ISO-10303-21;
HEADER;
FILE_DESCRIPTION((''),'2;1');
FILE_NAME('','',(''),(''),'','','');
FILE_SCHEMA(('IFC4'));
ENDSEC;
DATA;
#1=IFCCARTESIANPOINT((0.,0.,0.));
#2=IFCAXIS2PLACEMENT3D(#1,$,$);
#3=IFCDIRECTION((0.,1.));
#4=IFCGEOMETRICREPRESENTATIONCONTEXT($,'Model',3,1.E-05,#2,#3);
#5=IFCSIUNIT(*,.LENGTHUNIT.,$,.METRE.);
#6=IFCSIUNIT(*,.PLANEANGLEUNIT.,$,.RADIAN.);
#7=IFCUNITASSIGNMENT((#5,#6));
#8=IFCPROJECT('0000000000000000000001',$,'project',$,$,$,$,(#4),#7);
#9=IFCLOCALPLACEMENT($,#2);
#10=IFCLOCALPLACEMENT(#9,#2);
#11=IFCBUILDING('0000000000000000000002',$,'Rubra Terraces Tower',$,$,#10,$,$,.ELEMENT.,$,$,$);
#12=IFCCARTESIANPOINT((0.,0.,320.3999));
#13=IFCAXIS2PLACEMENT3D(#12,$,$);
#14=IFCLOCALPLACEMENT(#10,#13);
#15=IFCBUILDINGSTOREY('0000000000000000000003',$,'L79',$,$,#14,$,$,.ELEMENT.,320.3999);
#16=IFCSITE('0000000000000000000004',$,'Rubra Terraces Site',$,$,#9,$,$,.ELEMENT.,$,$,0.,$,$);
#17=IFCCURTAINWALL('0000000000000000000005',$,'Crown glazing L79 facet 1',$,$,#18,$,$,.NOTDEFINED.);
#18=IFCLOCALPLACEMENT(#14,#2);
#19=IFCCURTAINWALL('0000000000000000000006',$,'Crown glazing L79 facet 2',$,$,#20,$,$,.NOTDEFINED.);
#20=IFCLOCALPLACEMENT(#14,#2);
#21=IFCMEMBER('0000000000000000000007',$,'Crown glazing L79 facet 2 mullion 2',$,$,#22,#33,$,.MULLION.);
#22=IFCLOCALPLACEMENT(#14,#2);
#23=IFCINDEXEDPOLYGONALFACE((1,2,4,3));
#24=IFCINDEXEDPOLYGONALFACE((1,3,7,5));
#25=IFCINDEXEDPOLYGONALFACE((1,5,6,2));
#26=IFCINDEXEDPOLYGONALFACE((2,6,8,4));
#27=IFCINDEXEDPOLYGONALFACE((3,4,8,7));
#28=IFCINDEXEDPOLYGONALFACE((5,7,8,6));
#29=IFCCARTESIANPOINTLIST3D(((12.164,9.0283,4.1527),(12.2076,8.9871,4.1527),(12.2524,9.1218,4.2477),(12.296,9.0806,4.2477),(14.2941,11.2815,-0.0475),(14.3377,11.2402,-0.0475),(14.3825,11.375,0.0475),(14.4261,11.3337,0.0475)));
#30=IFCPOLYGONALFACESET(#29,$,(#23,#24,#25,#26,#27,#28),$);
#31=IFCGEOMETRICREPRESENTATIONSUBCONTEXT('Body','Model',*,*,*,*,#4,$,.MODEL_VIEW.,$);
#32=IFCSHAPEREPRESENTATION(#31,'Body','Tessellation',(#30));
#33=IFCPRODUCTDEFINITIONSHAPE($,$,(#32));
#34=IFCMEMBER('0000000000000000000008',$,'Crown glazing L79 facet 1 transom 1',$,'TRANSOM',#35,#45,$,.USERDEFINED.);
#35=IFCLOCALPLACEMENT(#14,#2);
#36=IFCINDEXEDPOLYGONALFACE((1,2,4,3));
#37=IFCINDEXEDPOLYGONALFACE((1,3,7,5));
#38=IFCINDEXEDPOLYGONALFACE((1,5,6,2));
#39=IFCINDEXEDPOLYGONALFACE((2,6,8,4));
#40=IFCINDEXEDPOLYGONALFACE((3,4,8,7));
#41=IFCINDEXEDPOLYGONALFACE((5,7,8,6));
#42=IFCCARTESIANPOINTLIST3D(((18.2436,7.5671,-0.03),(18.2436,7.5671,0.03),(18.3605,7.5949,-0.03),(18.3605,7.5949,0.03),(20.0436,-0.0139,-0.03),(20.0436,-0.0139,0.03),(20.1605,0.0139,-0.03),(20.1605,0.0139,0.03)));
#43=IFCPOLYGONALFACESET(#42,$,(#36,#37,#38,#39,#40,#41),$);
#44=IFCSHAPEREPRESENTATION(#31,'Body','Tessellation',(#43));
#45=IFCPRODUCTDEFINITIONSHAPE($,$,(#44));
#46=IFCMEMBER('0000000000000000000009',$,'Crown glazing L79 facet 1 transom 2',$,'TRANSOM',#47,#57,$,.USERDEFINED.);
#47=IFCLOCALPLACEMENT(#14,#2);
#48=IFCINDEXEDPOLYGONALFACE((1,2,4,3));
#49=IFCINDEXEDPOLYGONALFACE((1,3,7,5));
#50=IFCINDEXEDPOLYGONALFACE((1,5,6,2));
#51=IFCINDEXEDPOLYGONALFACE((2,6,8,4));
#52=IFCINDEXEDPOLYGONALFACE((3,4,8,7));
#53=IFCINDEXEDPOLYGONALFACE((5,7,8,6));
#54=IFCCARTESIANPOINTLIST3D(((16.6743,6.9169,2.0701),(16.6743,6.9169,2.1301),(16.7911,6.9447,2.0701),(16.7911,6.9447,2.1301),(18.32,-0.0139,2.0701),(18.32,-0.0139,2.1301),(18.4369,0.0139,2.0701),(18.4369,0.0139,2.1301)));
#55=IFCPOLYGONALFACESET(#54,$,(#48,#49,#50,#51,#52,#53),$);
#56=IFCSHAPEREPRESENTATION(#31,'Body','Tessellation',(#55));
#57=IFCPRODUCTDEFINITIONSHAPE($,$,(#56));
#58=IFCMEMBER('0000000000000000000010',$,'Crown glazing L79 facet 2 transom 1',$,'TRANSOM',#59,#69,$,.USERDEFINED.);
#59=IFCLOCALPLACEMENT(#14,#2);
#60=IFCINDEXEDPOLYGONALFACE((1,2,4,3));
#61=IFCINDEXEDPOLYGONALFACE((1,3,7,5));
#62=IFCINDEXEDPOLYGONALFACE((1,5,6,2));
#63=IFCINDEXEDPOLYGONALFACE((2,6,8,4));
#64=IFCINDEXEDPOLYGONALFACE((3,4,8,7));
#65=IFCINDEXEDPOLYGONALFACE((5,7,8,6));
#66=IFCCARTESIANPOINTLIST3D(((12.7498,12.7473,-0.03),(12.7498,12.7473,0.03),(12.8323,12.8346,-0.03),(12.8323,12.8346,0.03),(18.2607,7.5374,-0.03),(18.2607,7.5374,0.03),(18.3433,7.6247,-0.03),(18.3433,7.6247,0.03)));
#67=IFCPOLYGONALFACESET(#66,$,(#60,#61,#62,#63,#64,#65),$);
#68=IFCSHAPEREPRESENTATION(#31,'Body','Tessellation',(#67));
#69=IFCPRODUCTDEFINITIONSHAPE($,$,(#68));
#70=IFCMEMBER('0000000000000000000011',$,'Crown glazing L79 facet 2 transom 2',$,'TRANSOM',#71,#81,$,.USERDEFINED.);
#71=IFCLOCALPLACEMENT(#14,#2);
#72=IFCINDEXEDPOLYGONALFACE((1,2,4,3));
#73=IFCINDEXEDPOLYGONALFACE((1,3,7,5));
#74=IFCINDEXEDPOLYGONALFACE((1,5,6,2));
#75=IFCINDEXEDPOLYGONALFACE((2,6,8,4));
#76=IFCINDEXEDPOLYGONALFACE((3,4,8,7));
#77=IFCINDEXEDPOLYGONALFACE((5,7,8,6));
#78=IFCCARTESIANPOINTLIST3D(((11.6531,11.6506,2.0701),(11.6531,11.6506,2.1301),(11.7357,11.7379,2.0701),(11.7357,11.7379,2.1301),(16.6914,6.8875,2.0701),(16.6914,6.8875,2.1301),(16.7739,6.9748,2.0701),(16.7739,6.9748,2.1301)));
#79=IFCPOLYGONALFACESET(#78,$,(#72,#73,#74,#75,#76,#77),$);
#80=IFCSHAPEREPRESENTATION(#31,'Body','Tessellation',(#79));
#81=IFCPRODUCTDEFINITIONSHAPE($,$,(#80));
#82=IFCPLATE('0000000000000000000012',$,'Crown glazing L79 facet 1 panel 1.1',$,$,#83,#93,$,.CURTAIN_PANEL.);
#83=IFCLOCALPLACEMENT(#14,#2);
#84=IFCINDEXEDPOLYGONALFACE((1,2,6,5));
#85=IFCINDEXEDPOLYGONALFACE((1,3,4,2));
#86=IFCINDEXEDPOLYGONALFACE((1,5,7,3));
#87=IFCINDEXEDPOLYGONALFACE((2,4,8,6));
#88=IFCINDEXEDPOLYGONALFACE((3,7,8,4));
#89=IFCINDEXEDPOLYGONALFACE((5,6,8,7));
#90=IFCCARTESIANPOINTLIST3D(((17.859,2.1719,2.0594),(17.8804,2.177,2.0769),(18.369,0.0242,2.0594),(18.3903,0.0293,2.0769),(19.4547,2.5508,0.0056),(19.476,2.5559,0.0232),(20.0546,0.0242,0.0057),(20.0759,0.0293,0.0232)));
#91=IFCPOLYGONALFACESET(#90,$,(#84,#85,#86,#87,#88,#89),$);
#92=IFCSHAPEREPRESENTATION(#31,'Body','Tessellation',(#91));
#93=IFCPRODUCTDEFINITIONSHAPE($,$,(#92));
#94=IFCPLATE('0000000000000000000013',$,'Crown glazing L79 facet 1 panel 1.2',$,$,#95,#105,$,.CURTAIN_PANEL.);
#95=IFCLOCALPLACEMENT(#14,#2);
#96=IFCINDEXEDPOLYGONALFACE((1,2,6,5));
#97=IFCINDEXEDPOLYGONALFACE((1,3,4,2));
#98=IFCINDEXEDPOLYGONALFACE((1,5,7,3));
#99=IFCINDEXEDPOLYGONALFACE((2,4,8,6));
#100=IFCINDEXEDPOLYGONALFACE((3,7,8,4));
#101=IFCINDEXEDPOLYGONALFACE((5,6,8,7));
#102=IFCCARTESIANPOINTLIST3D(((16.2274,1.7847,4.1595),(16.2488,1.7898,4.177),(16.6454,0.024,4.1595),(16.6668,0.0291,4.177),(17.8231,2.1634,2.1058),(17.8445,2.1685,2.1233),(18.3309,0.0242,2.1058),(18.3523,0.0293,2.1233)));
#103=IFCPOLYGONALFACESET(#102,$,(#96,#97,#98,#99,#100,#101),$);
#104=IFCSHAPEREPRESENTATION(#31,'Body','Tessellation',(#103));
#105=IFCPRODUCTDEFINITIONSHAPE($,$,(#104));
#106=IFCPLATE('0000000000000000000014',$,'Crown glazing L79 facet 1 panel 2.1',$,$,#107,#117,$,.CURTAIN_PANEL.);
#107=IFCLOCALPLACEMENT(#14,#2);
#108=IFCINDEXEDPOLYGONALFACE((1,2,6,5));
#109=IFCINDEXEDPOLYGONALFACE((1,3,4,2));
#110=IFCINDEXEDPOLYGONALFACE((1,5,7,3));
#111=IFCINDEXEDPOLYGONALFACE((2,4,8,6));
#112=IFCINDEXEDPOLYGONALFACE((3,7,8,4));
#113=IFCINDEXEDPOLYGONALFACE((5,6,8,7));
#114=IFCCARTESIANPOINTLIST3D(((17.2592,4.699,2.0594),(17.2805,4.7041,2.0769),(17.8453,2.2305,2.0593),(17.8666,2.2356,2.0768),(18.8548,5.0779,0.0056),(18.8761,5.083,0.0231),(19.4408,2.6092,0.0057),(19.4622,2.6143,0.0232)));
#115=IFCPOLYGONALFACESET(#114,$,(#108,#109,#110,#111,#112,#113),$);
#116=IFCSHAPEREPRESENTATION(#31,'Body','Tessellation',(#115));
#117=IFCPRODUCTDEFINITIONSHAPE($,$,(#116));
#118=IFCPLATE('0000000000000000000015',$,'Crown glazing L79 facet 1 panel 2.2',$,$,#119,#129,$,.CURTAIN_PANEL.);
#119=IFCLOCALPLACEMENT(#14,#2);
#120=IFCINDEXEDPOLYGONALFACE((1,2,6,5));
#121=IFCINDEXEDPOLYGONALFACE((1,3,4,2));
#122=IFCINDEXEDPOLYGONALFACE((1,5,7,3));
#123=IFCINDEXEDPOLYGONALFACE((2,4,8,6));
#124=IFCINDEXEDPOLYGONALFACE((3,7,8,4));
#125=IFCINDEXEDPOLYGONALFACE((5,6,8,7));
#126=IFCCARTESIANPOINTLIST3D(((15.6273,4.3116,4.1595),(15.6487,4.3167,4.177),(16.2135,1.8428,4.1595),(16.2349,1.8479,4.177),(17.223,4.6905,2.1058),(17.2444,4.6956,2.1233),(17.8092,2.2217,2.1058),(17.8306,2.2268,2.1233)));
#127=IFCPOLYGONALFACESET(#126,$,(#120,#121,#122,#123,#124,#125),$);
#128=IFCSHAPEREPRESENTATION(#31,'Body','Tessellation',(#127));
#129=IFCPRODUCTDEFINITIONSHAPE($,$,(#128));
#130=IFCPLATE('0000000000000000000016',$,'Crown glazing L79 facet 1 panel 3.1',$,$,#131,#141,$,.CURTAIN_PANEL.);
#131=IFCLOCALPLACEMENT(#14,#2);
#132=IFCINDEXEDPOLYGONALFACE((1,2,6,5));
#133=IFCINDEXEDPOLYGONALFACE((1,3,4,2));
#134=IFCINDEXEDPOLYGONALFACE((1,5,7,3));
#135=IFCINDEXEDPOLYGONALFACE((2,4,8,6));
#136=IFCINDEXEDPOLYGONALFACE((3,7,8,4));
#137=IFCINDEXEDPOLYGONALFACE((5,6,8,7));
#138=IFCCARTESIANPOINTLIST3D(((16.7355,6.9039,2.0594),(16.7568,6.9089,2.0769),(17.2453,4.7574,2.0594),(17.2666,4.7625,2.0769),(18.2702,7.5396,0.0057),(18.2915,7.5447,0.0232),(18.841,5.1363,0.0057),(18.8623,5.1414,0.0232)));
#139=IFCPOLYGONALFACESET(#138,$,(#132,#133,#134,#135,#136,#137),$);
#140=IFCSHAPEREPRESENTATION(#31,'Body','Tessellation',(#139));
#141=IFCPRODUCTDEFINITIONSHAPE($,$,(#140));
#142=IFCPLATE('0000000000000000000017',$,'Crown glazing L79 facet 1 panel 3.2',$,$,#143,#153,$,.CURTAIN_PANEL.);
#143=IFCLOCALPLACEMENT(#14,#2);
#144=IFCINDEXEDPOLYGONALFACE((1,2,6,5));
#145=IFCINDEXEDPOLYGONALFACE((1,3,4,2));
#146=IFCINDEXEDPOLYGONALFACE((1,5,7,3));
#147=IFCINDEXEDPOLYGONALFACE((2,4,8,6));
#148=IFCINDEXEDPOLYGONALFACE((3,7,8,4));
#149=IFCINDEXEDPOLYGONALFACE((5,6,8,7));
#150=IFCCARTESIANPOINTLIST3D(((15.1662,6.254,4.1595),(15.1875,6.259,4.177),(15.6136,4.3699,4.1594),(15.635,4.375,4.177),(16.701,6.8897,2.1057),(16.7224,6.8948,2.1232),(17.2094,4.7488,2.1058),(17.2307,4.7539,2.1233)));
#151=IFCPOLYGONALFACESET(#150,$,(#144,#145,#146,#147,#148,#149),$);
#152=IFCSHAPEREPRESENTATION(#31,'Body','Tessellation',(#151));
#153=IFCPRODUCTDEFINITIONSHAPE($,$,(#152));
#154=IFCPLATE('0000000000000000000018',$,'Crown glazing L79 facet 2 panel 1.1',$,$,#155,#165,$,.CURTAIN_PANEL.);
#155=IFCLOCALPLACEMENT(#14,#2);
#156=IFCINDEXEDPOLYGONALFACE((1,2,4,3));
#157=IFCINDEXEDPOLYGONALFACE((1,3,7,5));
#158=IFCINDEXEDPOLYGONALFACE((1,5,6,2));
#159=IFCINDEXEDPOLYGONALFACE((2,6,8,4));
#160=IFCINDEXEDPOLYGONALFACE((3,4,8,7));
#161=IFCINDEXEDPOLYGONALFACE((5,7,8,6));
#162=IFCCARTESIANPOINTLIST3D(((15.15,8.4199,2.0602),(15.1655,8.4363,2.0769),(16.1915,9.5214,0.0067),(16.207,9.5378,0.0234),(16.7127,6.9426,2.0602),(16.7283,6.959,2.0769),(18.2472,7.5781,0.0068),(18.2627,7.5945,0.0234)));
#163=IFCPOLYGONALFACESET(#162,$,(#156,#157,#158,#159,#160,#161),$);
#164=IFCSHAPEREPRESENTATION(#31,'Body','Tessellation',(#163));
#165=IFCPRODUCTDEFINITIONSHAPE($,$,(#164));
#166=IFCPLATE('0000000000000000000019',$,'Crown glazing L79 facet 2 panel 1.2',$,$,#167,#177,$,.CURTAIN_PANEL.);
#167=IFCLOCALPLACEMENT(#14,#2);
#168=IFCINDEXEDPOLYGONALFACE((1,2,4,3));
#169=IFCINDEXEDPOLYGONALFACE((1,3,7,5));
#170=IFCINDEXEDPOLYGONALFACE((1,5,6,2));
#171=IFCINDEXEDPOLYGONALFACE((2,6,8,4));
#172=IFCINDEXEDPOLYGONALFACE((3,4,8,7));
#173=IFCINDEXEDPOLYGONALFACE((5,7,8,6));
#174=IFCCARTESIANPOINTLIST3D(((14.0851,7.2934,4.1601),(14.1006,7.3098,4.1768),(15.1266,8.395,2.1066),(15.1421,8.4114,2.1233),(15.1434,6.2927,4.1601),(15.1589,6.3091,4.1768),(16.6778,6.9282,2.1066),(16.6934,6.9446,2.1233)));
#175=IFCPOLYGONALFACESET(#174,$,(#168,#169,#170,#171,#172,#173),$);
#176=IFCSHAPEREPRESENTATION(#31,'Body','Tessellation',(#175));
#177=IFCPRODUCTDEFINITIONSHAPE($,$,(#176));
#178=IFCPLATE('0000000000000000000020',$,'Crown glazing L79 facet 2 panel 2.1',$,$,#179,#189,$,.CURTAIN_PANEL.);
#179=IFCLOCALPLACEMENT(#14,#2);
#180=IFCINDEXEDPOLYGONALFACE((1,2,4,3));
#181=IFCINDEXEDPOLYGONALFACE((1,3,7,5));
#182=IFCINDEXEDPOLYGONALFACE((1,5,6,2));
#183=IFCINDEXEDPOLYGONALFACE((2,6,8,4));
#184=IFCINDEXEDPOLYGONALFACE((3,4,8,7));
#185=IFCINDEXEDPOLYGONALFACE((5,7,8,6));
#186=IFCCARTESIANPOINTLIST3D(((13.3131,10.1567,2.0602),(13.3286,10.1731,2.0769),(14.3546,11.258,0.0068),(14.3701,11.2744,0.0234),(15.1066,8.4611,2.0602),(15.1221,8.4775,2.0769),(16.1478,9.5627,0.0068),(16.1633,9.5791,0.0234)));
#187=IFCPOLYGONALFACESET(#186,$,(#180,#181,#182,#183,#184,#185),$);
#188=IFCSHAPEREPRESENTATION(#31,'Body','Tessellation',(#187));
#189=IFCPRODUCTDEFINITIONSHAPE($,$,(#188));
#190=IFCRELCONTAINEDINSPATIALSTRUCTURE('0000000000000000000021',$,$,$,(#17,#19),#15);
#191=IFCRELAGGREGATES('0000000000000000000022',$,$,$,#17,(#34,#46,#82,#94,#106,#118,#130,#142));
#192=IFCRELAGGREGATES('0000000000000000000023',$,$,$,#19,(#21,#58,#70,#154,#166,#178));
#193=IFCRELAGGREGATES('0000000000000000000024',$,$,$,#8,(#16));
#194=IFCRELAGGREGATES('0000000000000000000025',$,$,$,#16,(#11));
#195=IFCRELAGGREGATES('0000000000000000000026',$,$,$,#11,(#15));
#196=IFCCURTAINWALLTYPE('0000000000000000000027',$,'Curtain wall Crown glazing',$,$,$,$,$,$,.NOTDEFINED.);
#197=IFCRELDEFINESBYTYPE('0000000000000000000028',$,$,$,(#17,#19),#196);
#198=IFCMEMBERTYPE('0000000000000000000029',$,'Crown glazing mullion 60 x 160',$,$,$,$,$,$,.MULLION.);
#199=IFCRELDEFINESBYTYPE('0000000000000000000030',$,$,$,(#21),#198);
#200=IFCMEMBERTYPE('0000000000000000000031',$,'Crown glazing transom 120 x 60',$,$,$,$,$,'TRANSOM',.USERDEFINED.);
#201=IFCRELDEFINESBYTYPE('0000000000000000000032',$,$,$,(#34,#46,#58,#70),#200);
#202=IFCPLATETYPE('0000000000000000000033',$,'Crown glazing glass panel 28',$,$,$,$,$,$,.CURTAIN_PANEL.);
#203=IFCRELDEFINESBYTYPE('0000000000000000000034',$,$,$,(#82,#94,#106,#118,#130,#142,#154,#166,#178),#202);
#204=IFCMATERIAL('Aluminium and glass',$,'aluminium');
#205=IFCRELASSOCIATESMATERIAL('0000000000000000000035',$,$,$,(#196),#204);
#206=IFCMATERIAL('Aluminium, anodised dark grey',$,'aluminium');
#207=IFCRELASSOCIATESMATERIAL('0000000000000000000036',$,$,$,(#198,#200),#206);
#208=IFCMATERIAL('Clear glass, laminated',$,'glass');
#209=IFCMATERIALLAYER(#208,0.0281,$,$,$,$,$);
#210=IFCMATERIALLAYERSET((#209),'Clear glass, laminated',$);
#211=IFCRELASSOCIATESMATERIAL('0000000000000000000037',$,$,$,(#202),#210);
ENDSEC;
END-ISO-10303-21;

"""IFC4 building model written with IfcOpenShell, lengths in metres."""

from ifc_helpers import new_model, si_unit, direction, frame, origin, origin_2d, place, context, subcontext, project, spatial, polyline, rectangle, outline, extrude, material, layer, layer_set, material_profile, profile_set, type_object, element, aggregate, save


model = new_model("IFC4")

# Units and contexts
model_context = context("Model", 3, precision=1e-05, world=origin(), true_north=direction((0.0, 1.0)))
body_context = subcontext(model_context, "Body", "Model", "MODEL_VIEW")
ifc_project = project(units=[si_unit("LENGTHUNIT", "METRE"), si_unit("PLANEANGLEUNIT", "RADIAN")], contexts=[model_context])

# Site, building, storey
site_placement = place(None, origin())
site = spatial("IfcSite", under=ifc_project, at=site_placement, Name="Rubra Terraces Site", CompositionType="ELEMENT", RefElevation=0.0)
building_placement = place(site_placement, origin())
building = spatial("IfcBuilding", under=site, at=building_placement, Name="Rubra Terraces Tower", CompositionType="ELEMENT")
storey_placement = place(building_placement, frame((0.0, 0.0, 320.3999)))
storey = spatial("IfcBuildingStorey", under=building, at=storey_placement, Name="L79", CompositionType="ELEMENT", Elevation=320.3999)

# Curtain walls, member
ifc_material_1 = material(Name="Aluminium and glass", Category="aluminium")
curtain_wall_type = type_object("IfcCurtainWallType", Name="Curtain wall Crown glazing", PredefinedType="NOTDEFINED", material=ifc_material_1)
curtain_wall_1_placement = place(storey_placement, origin())
curtain_wall_1 = element("IfcCurtainWall", 1, at=curtain_wall_1_placement, inside=storey, type_object=curtain_wall_type, Name="Crown glazing L79 facet 1", PredefinedType="NOTDEFINED")
ifc_material_2 = material(Name="Aluminium, anodised dark grey", Category="aluminium")
ifc_material_profile_1 = material_profile(ifc_material_2, rectangle(XDim=0.0601, YDim=0.1599, at=origin_2d()), Name="AL 60x160")
ifc_profile_set_1 = profile_set([ifc_material_profile_1], Name="Aluminium, anodised dark grey")
member_type_1 = type_object("IfcMemberType", Name="Crown glazing mullion 60 x 160", PredefinedType="MULLION", material=ifc_profile_set_1)
curtain_wall_2_placement = place(storey_placement, origin())
curtain_wall_2 = element("IfcCurtainWall", 2, at=curtain_wall_2_placement, inside=storey, type_object=curtain_wall_type, Name="Crown glazing L79 facet 2", PredefinedType="NOTDEFINED")
member_1_placement = place(storey_placement, frame((14.3601, 11.3076, 0.0), z_axis=(-0.408014, -0.431583, 0.804525), x_axis=(0.72667, -0.686986, 0.0)))
member_1 = element("IfcMember", 3, at=member_1_placement, type_object=member_type_1, Name="Crown glazing L79 facet 2 mullion 2", PredefinedType="MULLION", context=body_context, shape_type="SweptSolid", body=[
    extrude(rectangle(XDim=0.0601, YDim=0.1599, at=origin_2d()), origin(), (0.0, 0.0, 1.0), 5.2207),
])

# Members
ifc_material_profile_2 = material_profile(ifc_material_2, rectangle(XDim=0.1201, YDim=0.0601, at=origin_2d()), Name="AL 120x60")
ifc_profile_set_2 = profile_set([ifc_material_profile_2], Name="Aluminium, anodised dark grey")
member_type_2 = type_object("IfcMemberType", Name="Crown glazing transom 120 x 60", ElementType="TRANSOM", PredefinedType="USERDEFINED", material=ifc_profile_set_2)
member_2_placement = place(storey_placement, frame((20.1021, 0.0, 0.0), z_axis=(-0.231018, 0.97295, 0.0), x_axis=(-0.97295, -0.231018, 0.0)))
member_2 = element("IfcMember", 4, at=member_2_placement, type_object=member_type_2, Name="Crown glazing L79 facet 1 transom 1", ObjectType="TRANSOM", PredefinedType="USERDEFINED", context=body_context, shape_type="SweptSolid", body=[
    extrude(rectangle(XDim=0.1201, YDim=0.0601, at=origin_2d()), origin(), (0.0, 0.0, 1.0), 7.7917),
])
member_3_placement = place(storey_placement, frame((18.3784, 0.0, 2.1001), z_axis=(-0.231027, 0.972947, 0.0), x_axis=(-0.972947, -0.231027, 0.0)))
member_3 = element("IfcMember", 5, at=member_3_placement, type_object=member_type_2, Name="Crown glazing L79 facet 1 transom 2", ObjectType="TRANSOM", PredefinedType="USERDEFINED", context=body_context, shape_type="SweptSolid", body=[
    extrude(rectangle(XDim=0.1201, YDim=0.0601, at=origin_2d()), origin(), (0.0, 0.0, 1.0), 7.1235),
])
member_4_placement = place(storey_placement, frame((18.302, 7.5811, 0.0), z_axis=(-0.726675, 0.686982, 0.0), x_axis=(-0.686982, -0.726675, 0.0)))
member_4 = element("IfcMember", 6, at=member_4_placement, type_object=member_type_2, Name="Crown glazing L79 facet 2 transom 1", ObjectType="TRANSOM", PredefinedType="USERDEFINED", context=body_context, shape_type="SweptSolid", body=[
    extrude(rectangle(XDim=0.1201, YDim=0.0601, at=origin_2d()), origin(), (0.0, 0.0, 1.0), 7.5837),
])
member_5_placement = place(storey_placement, frame((16.7327, 6.9312, 2.1001), z_axis=(-0.72667, 0.686986, 0.0), x_axis=(-0.686986, -0.72667, 0.0)))
member_5 = element("IfcMember", 7, at=member_5_placement, type_object=member_type_2, Name="Crown glazing L79 facet 2 transom 2", ObjectType="TRANSOM", PredefinedType="USERDEFINED", context=body_context, shape_type="SweptSolid", body=[
    extrude(rectangle(XDim=0.1201, YDim=0.0601, at=origin_2d()), origin(), (0.0, 0.0, 1.0), 6.9333),
])

# Plates
ifc_material_3 = material(Name="Clear glass, laminated", Category="glass")
ifc_layer = layer(ifc_material_3, 0.0281)
ifc_layer_set = layer_set([ifc_layer], Name="Clear glass, laminated")
plate_type = type_object("IfcPlateType", Name="Crown glazing glass panel 28", PredefinedType="CURTAIN_PANEL", material=ifc_layer_set)
plate_1_placement = place(storey_placement, frame((20.0759, 0.0293, 0.0232), z_axis=(0.76028, 0.18052, 0.624009), x_axis=(-0.231007, 0.972952, -0.000011)))
plate_1 = element("IfcPlate", 8, at=plate_1_placement, type_object=plate_type, Name="Crown glazing L79 facet 1 panel 1.1", PredefinedType="CURTAIN_PANEL", context=body_context, shape_type="SweptSolid", body=[
    extrude(outline(polyline([(0.0, 0.0), (2.5968, 0.0), (2.5968, 2.6282), (0.3894, 2.6282), (0.0, 0.0)])), origin(), (0.0, 0.0, -1.0), 0.0281),
])
plate_2_placement = place(storey_placement, frame((18.3523, 0.0293, 2.1233), z_axis=(0.760287, 0.180481, 0.624011), x_axis=(-0.230968, 0.972961, 0.000001)))
plate_2 = element("IfcPlate", 9, at=plate_2_placement, type_object=plate_type, Name="Crown glazing L79 facet 1 panel 1.2", PredefinedType="CURTAIN_PANEL", context=body_context, shape_type="SweptSolid", body=[
    extrude(outline(polyline([(0.0, 0.0), (2.1986, 0.0), (2.1987, 2.6282), (0.3891, 2.6282), (0.0, 0.0)])), origin(), (0.0, 0.0, -1.0), 0.0281),
])
plate_3_placement = place(storey_placement, frame((19.4622, 2.6143, 0.0232), z_axis=(0.760302, 0.180498, 0.623989), x_axis=(-0.230961, 0.972963, -0.000028)))
plate_3 = element("IfcPlate", 10, at=plate_3_placement, type_object=plate_type, Name="Crown glazing L79 facet 1 panel 2.1", PredefinedType="CURTAIN_PANEL", context=body_context, shape_type="SweptSolid", body=[
    extrude(outline(polyline([(0.0, 0.0), (2.5373, 0.0), (2.5372, 2.6282), (0.0, 2.628), (0.0, 0.0)])), origin(), (0.0, 0.0, -1.0), 0.0281),
])
plate_4_placement = place(storey_placement, frame((17.8306, 2.2268, 2.1233), z_axis=(0.760269, 0.180519, 0.624023), x_axis=(-0.231018, 0.97295, 0.0)))
plate_4 = element("IfcPlate", 11, at=plate_4_placement, type_object=plate_type, Name="Crown glazing L79 facet 1 panel 2.2", PredefinedType="CURTAIN_PANEL", context=body_context, shape_type="SweptSolid", body=[
    extrude(outline(polyline([(0.0, 0.0), (2.5374, 0.0), (2.5374, 2.6282), (0.0, 2.6282), (0.0, 0.0)])), origin(), (0.0, 0.0, -1.0), 0.0281),
])
plate_5_placement = place(storey_placement, frame((18.8623, 5.1414, 0.0232), z_axis=(0.760262, 0.18056, 0.624019), x_axis=(-0.231073, 0.972936, 0.000004)))
plate_5 = element("IfcPlate", 12, at=plate_5_placement, type_object=plate_type, Name="Crown glazing L79 facet 1 panel 3.1", PredefinedType="CURTAIN_PANEL", context=body_context, shape_type="SweptSolid", body=[
    extrude(outline(polyline([(0.0, 0.0), (2.4702, 0.0), (2.2063, 2.6282), (0.0001, 2.6282), (0.0, 0.0)])), origin(), (0.0, 0.0, -1.0), 0.0281),
])
plate_6_placement = place(storey_placement, frame((17.2307, 4.7539, 2.1233), z_axis=(0.760245, 0.180539, 0.624046), x_axis=(-0.231032, 0.972946, -0.000022)))
plate_6 = element("IfcPlate", 13, at=plate_6_placement, type_object=plate_type, Name="Crown glazing L79 facet 1 panel 3.2", PredefinedType="CURTAIN_PANEL", context=body_context, shape_type="SweptSolid", body=[
    extrude(outline(polyline([(0.0, 0.0), (2.2004, 0.0), (1.9364, 2.6283), (0.0, 2.6282), (0.0, 0.0)])), origin(), (0.0, 0.0, -1.0), 0.0281),
])
aggregate(curtain_wall_1, [member_2, member_3, plate_1, plate_2, plate_3, plate_4, plate_5, plate_6])
plate_7_placement = place(storey_placement, frame((18.2627, 7.5945, 0.0234), z_axis=(0.552682, 0.584633, 0.593925), x_axis=(-0.726683, 0.686973, -0.000005)))
plate_7 = element("IfcPlate", 14, at=plate_7_placement, type_object=plate_type, Name="Crown glazing L79 facet 2 panel 1.1", PredefinedType="CURTAIN_PANEL", context=body_context, shape_type="SweptSolid", body=[
    extrude(outline(polyline([(0.0, 0.0), (2.8289, 0.0), (2.8289, 2.5524), (0.6785, 2.5524), (0.0, 0.0)])), origin(), (0.0, 0.0, -1.0), 0.0281),
])
plate_8_placement = place(storey_placement, frame((16.6934, 6.9446, 2.1233), z_axis=(0.55274, 0.584569, 0.593934), x_axis=(-0.726612, 0.687048, 0.000001)))
plate_8 = element("IfcPlate", 15, at=plate_8_placement, type_object=plate_type, Name="Crown glazing L79 facet 2 panel 1.2", PredefinedType="CURTAIN_PANEL", context=body_context, shape_type="SweptSolid", body=[
    extrude(outline(polyline([(0.0, 0.0), (2.1349, 0.0), (2.1349, 2.5524), (0.6783, 2.5524), (0.0, 0.0)])), origin(), (0.0, 0.0, -1.0), 0.0281),
])
plate_9_placement = place(storey_placement, frame((16.1633, 9.5791, 0.0234), z_axis=(0.552719, 0.584635, 0.593889), x_axis=(-0.726664, 0.686993, 0.000001)))
plate_9 = element("IfcPlate", 16, at=plate_9_placement, type_object=plate_type, Name="Crown glazing L79 facet 2 panel 2.1", PredefinedType="CURTAIN_PANEL", context=body_context, shape_type="SweptSolid", body=[
    extrude(outline(polyline([(0.0, 0.0), (2.4677, 0.0), (2.468, 2.5523), (-0.0001, 2.5523), (0.0, 0.0)])), origin(), (0.0, 0.0, -1.0), 0.0281),
])
aggregate(curtain_wall_2, [member_1, member_4, member_5, plate_7, plate_8, plate_9])

save(model, "model.ifc")
